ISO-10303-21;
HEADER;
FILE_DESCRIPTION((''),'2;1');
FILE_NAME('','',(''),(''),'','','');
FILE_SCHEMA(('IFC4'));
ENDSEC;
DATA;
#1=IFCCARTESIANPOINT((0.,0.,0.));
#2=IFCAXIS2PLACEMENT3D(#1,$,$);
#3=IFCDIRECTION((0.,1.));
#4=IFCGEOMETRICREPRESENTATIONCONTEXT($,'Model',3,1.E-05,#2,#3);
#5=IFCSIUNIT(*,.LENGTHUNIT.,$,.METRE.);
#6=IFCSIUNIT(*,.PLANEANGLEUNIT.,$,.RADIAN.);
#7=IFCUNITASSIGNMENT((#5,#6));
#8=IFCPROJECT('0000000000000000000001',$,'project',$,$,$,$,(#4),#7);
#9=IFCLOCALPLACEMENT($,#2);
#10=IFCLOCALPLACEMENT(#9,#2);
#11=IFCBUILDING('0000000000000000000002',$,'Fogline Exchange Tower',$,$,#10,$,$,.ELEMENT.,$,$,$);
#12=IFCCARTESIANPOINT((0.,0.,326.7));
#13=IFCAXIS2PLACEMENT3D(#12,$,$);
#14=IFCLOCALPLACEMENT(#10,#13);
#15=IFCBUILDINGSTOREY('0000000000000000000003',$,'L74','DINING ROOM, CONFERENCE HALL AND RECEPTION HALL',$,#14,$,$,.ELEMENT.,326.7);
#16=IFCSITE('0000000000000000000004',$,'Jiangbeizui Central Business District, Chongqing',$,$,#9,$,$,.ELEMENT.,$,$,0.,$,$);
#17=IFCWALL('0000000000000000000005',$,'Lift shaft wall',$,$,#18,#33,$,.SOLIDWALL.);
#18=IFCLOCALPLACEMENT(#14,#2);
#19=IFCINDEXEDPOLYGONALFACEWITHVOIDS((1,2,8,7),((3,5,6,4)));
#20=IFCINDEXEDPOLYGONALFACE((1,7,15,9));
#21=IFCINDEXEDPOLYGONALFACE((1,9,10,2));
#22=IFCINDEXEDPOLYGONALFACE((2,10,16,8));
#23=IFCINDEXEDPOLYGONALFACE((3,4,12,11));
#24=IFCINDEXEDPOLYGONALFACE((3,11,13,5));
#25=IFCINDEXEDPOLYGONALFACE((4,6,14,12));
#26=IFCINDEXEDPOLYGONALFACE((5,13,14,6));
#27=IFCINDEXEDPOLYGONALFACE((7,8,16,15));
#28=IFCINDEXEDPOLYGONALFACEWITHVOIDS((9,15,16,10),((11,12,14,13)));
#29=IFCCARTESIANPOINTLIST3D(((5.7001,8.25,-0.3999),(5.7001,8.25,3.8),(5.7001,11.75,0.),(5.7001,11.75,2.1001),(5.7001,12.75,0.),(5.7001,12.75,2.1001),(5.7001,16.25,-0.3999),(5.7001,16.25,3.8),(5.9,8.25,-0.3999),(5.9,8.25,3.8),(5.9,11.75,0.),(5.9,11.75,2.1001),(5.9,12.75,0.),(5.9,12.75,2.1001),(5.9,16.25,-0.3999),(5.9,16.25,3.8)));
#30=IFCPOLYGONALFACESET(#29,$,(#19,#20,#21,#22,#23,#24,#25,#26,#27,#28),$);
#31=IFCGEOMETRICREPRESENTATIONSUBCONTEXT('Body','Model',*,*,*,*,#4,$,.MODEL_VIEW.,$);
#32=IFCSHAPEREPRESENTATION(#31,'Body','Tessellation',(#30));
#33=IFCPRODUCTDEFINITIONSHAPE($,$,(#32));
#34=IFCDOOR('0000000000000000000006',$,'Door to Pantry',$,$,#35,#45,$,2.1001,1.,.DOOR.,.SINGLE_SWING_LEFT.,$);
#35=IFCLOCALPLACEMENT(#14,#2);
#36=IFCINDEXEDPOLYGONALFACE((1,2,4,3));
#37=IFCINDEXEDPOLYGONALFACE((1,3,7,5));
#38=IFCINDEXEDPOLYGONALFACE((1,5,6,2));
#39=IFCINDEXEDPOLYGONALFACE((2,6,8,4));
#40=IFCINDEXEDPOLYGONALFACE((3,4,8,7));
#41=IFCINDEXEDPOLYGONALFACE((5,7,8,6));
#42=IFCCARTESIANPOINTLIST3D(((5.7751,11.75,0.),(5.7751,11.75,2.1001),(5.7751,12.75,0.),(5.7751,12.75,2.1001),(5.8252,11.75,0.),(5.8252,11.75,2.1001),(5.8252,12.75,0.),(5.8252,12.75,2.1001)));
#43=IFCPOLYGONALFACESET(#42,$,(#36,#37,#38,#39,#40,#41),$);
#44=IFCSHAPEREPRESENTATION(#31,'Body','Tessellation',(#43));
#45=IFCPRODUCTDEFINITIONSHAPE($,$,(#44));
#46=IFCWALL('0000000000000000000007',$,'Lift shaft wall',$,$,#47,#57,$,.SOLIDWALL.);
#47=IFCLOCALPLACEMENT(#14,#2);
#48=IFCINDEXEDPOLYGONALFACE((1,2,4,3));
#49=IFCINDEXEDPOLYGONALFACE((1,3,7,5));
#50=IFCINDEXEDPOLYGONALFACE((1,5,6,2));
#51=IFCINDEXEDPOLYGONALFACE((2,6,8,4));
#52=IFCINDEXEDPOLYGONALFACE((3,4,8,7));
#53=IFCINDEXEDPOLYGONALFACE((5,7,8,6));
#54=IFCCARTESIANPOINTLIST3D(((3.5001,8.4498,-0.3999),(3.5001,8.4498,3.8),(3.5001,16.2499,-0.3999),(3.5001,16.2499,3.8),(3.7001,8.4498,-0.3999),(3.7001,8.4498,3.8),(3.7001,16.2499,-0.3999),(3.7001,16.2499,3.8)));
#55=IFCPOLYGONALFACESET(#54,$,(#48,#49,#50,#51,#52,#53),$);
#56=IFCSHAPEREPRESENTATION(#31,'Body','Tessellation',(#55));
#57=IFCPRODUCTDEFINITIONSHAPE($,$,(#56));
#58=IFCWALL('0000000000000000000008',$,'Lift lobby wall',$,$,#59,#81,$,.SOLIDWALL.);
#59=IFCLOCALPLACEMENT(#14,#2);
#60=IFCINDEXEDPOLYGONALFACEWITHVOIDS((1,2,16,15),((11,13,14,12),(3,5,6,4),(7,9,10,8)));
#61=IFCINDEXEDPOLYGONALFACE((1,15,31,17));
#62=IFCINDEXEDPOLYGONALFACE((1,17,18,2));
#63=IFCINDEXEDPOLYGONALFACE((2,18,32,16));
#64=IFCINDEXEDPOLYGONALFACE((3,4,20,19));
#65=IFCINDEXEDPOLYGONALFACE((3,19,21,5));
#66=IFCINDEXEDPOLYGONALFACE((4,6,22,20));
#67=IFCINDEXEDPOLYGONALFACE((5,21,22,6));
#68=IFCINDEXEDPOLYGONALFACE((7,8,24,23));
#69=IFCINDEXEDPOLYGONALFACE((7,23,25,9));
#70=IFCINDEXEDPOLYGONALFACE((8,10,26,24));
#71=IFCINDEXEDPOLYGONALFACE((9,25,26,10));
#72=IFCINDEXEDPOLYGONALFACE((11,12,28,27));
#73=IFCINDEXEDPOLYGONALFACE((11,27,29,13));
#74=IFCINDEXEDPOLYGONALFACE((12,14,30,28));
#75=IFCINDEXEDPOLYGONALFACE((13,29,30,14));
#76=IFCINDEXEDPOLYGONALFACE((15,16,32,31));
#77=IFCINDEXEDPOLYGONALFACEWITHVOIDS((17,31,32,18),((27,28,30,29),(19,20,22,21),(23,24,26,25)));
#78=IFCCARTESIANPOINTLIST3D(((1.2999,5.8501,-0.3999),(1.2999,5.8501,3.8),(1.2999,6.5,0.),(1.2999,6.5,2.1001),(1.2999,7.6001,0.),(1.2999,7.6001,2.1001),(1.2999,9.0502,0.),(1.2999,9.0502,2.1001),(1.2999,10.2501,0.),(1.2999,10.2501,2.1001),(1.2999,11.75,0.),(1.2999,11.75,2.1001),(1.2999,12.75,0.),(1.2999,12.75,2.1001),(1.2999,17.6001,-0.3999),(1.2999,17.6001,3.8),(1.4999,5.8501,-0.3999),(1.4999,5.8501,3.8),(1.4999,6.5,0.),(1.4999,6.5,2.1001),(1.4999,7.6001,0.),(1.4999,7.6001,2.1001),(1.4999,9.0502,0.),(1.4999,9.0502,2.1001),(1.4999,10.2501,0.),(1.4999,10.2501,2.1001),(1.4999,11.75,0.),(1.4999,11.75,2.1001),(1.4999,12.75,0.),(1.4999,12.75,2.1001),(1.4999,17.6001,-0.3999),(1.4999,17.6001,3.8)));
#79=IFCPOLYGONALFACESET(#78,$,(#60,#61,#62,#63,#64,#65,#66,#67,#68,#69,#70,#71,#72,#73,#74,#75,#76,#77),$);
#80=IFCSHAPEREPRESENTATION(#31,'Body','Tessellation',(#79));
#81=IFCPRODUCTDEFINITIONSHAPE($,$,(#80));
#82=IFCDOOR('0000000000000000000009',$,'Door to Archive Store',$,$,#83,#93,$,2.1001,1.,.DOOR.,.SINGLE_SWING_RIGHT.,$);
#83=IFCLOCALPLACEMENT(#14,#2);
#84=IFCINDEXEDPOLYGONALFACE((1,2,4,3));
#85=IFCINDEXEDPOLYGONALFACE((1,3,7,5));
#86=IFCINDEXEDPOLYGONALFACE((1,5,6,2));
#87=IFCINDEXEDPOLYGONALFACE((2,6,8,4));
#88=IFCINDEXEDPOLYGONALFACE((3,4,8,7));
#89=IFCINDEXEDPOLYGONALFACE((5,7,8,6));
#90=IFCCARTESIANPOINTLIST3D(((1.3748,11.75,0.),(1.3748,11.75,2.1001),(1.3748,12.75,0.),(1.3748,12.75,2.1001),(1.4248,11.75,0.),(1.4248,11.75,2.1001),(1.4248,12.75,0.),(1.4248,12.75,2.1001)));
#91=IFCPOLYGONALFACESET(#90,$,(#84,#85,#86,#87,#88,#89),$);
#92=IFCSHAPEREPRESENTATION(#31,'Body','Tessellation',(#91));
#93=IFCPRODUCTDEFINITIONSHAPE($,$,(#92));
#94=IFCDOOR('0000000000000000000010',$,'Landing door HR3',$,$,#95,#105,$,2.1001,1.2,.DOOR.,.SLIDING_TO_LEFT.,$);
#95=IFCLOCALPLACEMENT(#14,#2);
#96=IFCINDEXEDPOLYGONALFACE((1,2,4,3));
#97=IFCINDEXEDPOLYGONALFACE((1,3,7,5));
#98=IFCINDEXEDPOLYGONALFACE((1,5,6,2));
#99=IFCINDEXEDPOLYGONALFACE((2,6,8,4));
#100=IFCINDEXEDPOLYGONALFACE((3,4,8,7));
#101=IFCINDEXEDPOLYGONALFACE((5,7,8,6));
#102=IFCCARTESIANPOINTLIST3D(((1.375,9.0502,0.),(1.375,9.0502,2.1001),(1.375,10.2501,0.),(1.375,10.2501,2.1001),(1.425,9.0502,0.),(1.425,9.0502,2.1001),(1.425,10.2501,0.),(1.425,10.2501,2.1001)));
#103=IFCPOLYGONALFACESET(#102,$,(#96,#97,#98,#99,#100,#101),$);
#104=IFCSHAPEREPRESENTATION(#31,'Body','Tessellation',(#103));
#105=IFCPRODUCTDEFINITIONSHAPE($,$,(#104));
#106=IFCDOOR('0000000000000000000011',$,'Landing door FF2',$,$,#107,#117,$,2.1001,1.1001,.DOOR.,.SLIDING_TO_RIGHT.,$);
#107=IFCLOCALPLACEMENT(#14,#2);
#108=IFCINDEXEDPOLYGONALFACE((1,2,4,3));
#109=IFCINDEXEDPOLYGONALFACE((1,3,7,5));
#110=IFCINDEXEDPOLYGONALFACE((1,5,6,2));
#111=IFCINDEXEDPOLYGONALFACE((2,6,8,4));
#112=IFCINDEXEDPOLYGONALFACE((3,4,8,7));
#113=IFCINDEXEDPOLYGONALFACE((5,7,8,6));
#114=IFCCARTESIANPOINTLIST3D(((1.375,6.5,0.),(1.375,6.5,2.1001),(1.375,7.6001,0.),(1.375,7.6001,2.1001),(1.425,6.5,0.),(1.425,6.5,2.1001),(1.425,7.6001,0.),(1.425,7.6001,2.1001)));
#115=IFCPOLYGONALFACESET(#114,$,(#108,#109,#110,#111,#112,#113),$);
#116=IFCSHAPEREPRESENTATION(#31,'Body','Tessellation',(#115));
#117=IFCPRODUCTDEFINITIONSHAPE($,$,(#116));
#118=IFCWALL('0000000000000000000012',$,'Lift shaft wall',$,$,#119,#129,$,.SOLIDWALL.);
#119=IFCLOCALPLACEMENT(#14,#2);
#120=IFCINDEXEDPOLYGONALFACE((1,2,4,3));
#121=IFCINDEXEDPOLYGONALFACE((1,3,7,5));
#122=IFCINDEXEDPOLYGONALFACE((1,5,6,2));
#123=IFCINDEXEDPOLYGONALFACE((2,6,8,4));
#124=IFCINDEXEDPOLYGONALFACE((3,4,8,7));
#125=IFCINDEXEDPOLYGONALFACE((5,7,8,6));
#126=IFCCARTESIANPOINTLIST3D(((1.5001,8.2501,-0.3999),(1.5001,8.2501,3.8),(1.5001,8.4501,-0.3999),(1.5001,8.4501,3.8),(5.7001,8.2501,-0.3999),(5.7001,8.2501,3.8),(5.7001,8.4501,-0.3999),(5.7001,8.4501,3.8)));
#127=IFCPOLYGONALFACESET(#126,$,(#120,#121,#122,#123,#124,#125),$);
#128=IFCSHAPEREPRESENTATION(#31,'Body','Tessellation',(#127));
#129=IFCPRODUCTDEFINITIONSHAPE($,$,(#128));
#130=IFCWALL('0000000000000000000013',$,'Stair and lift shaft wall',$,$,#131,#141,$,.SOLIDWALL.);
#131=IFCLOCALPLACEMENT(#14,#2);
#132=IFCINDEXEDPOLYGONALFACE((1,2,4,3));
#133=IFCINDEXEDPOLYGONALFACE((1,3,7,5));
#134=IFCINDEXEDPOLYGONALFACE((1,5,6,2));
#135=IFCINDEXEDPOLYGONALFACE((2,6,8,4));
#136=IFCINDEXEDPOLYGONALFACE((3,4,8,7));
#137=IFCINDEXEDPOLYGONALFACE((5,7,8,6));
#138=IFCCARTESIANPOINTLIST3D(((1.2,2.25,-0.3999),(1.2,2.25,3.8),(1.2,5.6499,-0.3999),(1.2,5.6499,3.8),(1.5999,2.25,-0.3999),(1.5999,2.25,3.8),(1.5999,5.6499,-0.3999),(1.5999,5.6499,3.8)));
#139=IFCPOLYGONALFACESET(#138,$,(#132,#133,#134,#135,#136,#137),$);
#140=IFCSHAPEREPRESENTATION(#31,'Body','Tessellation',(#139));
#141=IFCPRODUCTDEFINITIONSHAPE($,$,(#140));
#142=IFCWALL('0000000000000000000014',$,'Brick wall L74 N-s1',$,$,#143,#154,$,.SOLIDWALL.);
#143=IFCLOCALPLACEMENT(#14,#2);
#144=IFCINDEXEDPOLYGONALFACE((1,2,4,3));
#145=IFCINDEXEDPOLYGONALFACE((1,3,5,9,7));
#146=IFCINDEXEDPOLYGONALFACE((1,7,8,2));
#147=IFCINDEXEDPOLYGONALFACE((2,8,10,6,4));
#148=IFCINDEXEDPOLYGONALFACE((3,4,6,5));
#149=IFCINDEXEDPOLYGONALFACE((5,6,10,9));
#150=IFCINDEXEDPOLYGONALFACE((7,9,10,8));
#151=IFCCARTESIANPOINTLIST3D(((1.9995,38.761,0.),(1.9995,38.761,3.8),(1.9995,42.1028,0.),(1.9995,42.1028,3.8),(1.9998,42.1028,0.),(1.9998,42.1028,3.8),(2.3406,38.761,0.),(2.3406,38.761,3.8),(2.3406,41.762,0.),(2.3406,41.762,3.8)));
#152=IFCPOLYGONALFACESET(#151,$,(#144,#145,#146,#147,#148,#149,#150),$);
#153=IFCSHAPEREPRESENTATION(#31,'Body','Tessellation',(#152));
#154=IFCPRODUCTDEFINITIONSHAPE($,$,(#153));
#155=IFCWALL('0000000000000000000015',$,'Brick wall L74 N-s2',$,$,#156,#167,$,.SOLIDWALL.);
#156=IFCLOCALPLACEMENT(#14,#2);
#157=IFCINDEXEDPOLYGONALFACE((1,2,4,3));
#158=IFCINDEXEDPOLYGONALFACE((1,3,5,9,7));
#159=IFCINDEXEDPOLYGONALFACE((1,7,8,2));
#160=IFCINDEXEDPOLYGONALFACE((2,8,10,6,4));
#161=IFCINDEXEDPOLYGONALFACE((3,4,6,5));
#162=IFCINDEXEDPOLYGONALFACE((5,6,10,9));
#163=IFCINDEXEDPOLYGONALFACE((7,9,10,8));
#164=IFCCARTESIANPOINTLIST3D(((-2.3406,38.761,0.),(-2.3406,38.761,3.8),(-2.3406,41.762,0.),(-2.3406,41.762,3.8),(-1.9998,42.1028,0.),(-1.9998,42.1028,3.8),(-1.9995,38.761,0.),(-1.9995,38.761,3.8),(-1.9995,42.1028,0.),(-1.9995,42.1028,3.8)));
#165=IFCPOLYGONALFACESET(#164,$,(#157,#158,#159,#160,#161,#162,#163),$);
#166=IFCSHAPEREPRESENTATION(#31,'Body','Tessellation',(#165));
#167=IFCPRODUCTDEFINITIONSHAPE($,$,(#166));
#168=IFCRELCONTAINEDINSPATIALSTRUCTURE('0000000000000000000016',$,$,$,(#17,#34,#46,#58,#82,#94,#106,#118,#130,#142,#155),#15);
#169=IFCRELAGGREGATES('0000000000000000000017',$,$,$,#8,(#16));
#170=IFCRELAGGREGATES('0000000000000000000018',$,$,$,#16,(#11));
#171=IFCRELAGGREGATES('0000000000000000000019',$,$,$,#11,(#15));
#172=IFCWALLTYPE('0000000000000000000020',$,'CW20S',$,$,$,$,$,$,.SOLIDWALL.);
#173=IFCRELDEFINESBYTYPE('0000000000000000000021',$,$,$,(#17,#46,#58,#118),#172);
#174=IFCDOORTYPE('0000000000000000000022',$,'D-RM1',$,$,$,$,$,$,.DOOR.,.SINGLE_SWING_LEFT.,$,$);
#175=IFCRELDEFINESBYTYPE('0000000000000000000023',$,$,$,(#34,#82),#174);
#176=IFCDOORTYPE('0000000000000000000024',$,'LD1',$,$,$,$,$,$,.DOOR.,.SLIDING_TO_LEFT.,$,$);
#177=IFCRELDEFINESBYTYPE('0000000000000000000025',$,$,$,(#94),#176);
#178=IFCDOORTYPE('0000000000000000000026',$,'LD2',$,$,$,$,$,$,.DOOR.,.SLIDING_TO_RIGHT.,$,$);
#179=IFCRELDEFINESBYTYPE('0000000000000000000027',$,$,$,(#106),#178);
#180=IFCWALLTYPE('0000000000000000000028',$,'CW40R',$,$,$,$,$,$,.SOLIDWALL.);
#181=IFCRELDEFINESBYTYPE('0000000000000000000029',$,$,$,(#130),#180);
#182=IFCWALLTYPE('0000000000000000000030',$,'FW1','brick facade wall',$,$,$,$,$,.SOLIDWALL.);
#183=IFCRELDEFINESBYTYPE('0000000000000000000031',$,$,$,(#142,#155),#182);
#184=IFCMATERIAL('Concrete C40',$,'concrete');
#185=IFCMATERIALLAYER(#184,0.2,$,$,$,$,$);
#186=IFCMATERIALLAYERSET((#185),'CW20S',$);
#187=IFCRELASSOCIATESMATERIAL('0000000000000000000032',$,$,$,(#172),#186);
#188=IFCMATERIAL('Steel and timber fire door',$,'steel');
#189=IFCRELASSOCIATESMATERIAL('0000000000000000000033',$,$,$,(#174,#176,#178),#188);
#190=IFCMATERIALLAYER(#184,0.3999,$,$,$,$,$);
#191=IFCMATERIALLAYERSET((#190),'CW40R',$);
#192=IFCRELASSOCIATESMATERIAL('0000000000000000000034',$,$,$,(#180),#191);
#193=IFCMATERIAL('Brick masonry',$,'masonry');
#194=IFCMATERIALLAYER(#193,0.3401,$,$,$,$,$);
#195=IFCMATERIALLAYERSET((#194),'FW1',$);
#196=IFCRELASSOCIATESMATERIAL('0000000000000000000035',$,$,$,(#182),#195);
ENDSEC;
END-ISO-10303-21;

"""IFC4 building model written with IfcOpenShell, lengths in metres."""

from ifc_helpers import new_model, si_unit, direction, frame, frame_2d, origin, place, context, subcontext, project, spatial, polyline, rectangle, outline, extrude, material, layer, layer_set, type_object, element, fill, save


model = new_model("IFC4")

# Units and contexts
model_context = context("Model", 3, precision=1e-05, world=origin(), true_north=direction((0.0, 1.0)))
body_context = subcontext(model_context, "Body", "Model", "MODEL_VIEW")
ifc_project = project(units=[si_unit("LENGTHUNIT", "METRE"), si_unit("PLANEANGLEUNIT", "RADIAN")], contexts=[model_context])

# Site, building, storey
site_placement = place(None, origin())
site = spatial("IfcSite", under=ifc_project, at=site_placement, Name="Jiangbeizui Central Business District, Chongqing", CompositionType="ELEMENT", RefElevation=0.0)
building_placement = place(site_placement, origin())
building = spatial("IfcBuilding", under=site, at=building_placement, Name="Fogline Exchange Tower", CompositionType="ELEMENT")
storey_placement = place(building_placement, frame((0.0, 0.0, 326.7)))
storey = spatial("IfcBuildingStorey", under=building, at=storey_placement, Name="L74", Description="DINING ROOM, CONFERENCE HALL AND RECEPTION HALL", CompositionType="ELEMENT", Elevation=326.7)

# Shared definitions
ifc_material_1 = material(Name="Concrete C40", Category="concrete")

# Wall, opening, door
ifc_layer_1 = layer(ifc_material_1, 0.2)
ifc_layer_set_1 = layer_set([ifc_layer_1], Name="CW20S")
wall_type_1 = type_object("IfcWallType", Name="CW20S", PredefinedType="SOLIDWALL", material=ifc_layer_set_1)
wall_1_placement = place(storey_placement, frame((5.8, 8.25, -0.3999), z_axis=(0.0, 0.0, 1.0), x_axis=(0.0, 1.0, 0.0)))
wall_1 = element("IfcWall", 1, at=wall_1_placement, inside=storey, type_object=wall_type_1, Name="Lift shaft wall", PredefinedType="SOLIDWALL", context=body_context, shape_type="SweptSolid", body=[
    extrude(rectangle(XDim=8.0, YDim=0.2, at=frame_2d((4.0, 0.0))), origin(), (0.0, 0.0, 1.0), 4.2),
])
opening_1_placement = place(wall_1_placement, frame((3.5, 0.0, 0.3999)))
opening_1 = element("IfcOpeningElement", 2, at=opening_1_placement, cuts=wall_1, PredefinedType="OPENING", context=body_context, shape_type="SweptSolid", body=[
    extrude(rectangle(XDim=1.0, YDim=2.1001, at=frame_2d((0.5, 1.05))), frame((0.0, 0.1099, 0.0), z_axis=(0.0, -1.0, 0.0), x_axis=(1.0, 0.0, 0.0)), (0.0, 0.0, 1.0), 0.22),
])
ifc_material_2 = material(Name="Steel and timber fire door", Category="steel")
door_type_1 = type_object("IfcDoorType", Name="D-RM1", OperationType="SINGLE_SWING_LEFT", PredefinedType="DOOR", material=ifc_material_2)
door_1_placement = place(opening_1_placement, origin())
door_1 = element("IfcDoor", 3, at=door_1_placement, inside=storey, type_object=door_type_1, Name="Door to Pantry", OperationType="SINGLE_SWING_LEFT", OverallHeight=2.1001, OverallWidth=1.0, PredefinedType="DOOR", context=body_context, shape_type="SweptSolid", body=[
    extrude(rectangle(XDim=1.0, YDim=2.1001, at=frame_2d((0.5, 1.05))), frame((0.0, 0.0249, 0.0), z_axis=(0.0, -1.0, 0.0), x_axis=(1.0, 0.0, 0.0)), (0.0, 0.0, 1.0), 0.05),
])
fill(opening_1, door_1)

# Wall
wall_2_placement = place(storey_placement, frame((3.6001, 8.45, -0.3999), z_axis=(0.0, 0.0, 1.0), x_axis=(0.0, 1.0, 0.0)))
element("IfcWall", 4, at=wall_2_placement, inside=storey, type_object=wall_type_1, Name="Lift shaft wall", PredefinedType="SOLIDWALL", context=body_context, shape_type="SweptSolid", body=[
    extrude(rectangle(XDim=7.8, YDim=0.2, at=frame_2d((3.8999, 0.0))), origin(), (0.0, 0.0, 1.0), 4.2),
])

# Wall, openings, doors
wall_3_placement = place(storey_placement, frame((1.3999, 5.8501, -0.3999), z_axis=(0.0, 0.0, 1.0), x_axis=(0.0, 1.0, 0.0)))
wall_3 = element("IfcWall", 5, at=wall_3_placement, inside=storey, type_object=wall_type_1, Name="Lift lobby wall", PredefinedType="SOLIDWALL", context=body_context, shape_type="SweptSolid", body=[
    extrude(rectangle(XDim=11.75, YDim=0.2, at=frame_2d((5.875, 0.0))), origin(), (0.0, 0.0, 1.0), 4.2),
])
opening_2_placement = place(wall_3_placement, frame((3.2, 0.0, 0.3999)))
opening_2 = element("IfcOpeningElement", 6, at=opening_2_placement, cuts=wall_3, PredefinedType="OPENING", context=body_context, shape_type="SweptSolid", body=[
    extrude(rectangle(XDim=1.2, YDim=2.1001, at=frame_2d((0.6001, 1.05))), frame((0.0, 0.1099, 0.0), z_axis=(0.0, -1.0, 0.0), x_axis=(1.0, 0.0, 0.0)), (0.0, 0.0, 1.0), 0.22),
])
opening_3_placement = place(wall_3_placement, frame((0.6499, 0.0, 0.3999)))
opening_3 = element("IfcOpeningElement", 7, at=opening_3_placement, cuts=wall_3, PredefinedType="OPENING", context=body_context, shape_type="SweptSolid", body=[
    extrude(rectangle(XDim=1.1001, YDim=2.1001, at=frame_2d((0.55, 1.05))), frame((0.0, 0.1099, 0.0), z_axis=(0.0, -1.0, 0.0), x_axis=(1.0, 0.0, 0.0)), (0.0, 0.0, 1.0), 0.22),
])
opening_4_placement = place(wall_3_placement, frame((5.8999, 0.0, 0.3999)))
opening_4 = element("IfcOpeningElement", 8, at=opening_4_placement, cuts=wall_3, PredefinedType="OPENING", context=body_context, shape_type="SweptSolid", body=[
    extrude(rectangle(XDim=1.0, YDim=2.1001, at=frame_2d((0.5, 1.05))), frame((0.0, 0.1099, 0.0), z_axis=(0.0, -1.0, 0.0), x_axis=(1.0, 0.0, 0.0)), (0.0, 0.0, 1.0), 0.22),
])
door_2_placement = place(opening_4_placement, frame((1.0, 0.0, 0.0), z_axis=(0.0, 0.0, 1.0), x_axis=(-1.0, 0.0, 0.0)))
door_2 = element("IfcDoor", 9, at=door_2_placement, inside=storey, type_object=door_type_1, Name="Door to Archive Store", OperationType="SINGLE_SWING_RIGHT", OverallHeight=2.1001, OverallWidth=1.0, PredefinedType="DOOR", context=body_context, shape_type="SweptSolid", body=[
    extrude(rectangle(XDim=1.0, YDim=2.1001, at=frame_2d((0.5, 1.05))), frame((0.0, 0.0249, 0.0), z_axis=(0.0, -1.0, 0.0), x_axis=(1.0, 0.0, 0.0)), (0.0, 0.0, 1.0), 0.05),
])
fill(opening_4, door_2)
door_type_2 = type_object("IfcDoorType", Name="LD1", OperationType="SLIDING_TO_LEFT", PredefinedType="DOOR", material=ifc_material_2)
door_3_placement = place(opening_2_placement, origin())
door_3 = element("IfcDoor", 10, at=door_3_placement, inside=storey, type_object=door_type_2, Name="Landing door HR3", OperationType="SLIDING_TO_LEFT", OverallHeight=2.1001, OverallWidth=1.2, PredefinedType="DOOR", context=body_context, shape_type="SweptSolid", body=[
    extrude(rectangle(XDim=1.2, YDim=2.1001, at=frame_2d((0.6001, 1.05))), frame((0.0, 0.0249, 0.0), z_axis=(0.0, -1.0, 0.0), x_axis=(1.0, 0.0, 0.0)), (0.0, 0.0, 1.0), 0.05),
])
fill(opening_2, door_3)
door_type_3 = type_object("IfcDoorType", Name="LD2", OperationType="SLIDING_TO_RIGHT", PredefinedType="DOOR", material=ifc_material_2)
door_4_placement = place(opening_3_placement, origin())
door_4 = element("IfcDoor", 11, at=door_4_placement, inside=storey, type_object=door_type_3, Name="Landing door FF2", OperationType="SLIDING_TO_RIGHT", OverallHeight=2.1001, OverallWidth=1.1001, PredefinedType="DOOR", context=body_context, shape_type="SweptSolid", body=[
    extrude(rectangle(XDim=1.1001, YDim=2.1001, at=frame_2d((0.55, 1.05))), frame((0.0, 0.0249, 0.0), z_axis=(0.0, -1.0, 0.0), x_axis=(1.0, 0.0, 0.0)), (0.0, 0.0, 1.0), 0.05),
])
fill(opening_3, door_4)

# Walls
wall_4_placement = place(storey_placement, frame((1.5, 8.3501, -0.3999), z_axis=(0.0, 0.0, 1.0), x_axis=(1.0, 0.0, 0.0)))
element("IfcWall", 12, at=wall_4_placement, inside=storey, type_object=wall_type_1, Name="Lift shaft wall", PredefinedType="SOLIDWALL", context=body_context, shape_type="SweptSolid", body=[
    extrude(rectangle(XDim=4.2, YDim=0.2, at=frame_2d((2.1001, 0.0))), origin(), (0.0, 0.0, 1.0), 4.2),
])
ifc_layer_2 = layer(ifc_material_1, 0.3999)
ifc_layer_set_2 = layer_set([ifc_layer_2], Name="CW40R")
wall_type_2 = type_object("IfcWallType", Name="CW40R", PredefinedType="SOLIDWALL", material=ifc_layer_set_2)
wall_5_placement = place(storey_placement, frame((1.3999, 2.25, -0.3999), z_axis=(0.0, 0.0, 1.0), x_axis=(0.0, 1.0, 0.0)))
element("IfcWall", 13, at=wall_5_placement, inside=storey, type_object=wall_type_2, Name="Stair and lift shaft wall", PredefinedType="SOLIDWALL", context=body_context, shape_type="SweptSolid", body=[
    extrude(rectangle(XDim=3.3999, YDim=0.3999, at=frame_2d((1.7, 0.0))), origin(), (0.0, 0.0, 1.0), 4.2),
])
ifc_material_3 = material(Name="Brick masonry", Category="masonry")
ifc_layer_3 = layer(ifc_material_3, 0.3401)
ifc_layer_set_3 = layer_set([ifc_layer_3], Name="FW1")
wall_type_3 = type_object("IfcWallType", Name="FW1", Description="brick facade wall", PredefinedType="SOLIDWALL", material=ifc_layer_set_3)
wall_6_placement = place(storey_placement, origin())
element("IfcWall", 14, at=wall_6_placement, inside=storey, type_object=wall_type_3, Name="Brick wall L74 N-s1", PredefinedType="SOLIDWALL", context=body_context, shape_type="SweptSolid", body=[
    extrude(outline(polyline([(2.3406, 38.761), (1.9995, 38.761), (1.9995, 42.1028), (1.9998, 42.1028), (2.3406, 41.762), (2.3406, 38.761)])), origin(), (0.0, 0.0, 1.0), 3.8),
])
wall_7_placement = place(storey_placement, origin())
element("IfcWall", 15, at=wall_7_placement, inside=storey, type_object=wall_type_3, Name="Brick wall L74 N-s2", PredefinedType="SOLIDWALL", context=body_context, shape_type="SweptSolid", body=[
    extrude(outline(polyline([(-1.9995, 42.1028), (-1.9995, 38.761), (-2.3406, 38.761), (-2.3406, 41.762), (-1.9998, 42.1028), (-1.9995, 42.1028)])), origin(), (0.0, 0.0, 1.0), 3.8),
])

save(model, "model.ifc")
